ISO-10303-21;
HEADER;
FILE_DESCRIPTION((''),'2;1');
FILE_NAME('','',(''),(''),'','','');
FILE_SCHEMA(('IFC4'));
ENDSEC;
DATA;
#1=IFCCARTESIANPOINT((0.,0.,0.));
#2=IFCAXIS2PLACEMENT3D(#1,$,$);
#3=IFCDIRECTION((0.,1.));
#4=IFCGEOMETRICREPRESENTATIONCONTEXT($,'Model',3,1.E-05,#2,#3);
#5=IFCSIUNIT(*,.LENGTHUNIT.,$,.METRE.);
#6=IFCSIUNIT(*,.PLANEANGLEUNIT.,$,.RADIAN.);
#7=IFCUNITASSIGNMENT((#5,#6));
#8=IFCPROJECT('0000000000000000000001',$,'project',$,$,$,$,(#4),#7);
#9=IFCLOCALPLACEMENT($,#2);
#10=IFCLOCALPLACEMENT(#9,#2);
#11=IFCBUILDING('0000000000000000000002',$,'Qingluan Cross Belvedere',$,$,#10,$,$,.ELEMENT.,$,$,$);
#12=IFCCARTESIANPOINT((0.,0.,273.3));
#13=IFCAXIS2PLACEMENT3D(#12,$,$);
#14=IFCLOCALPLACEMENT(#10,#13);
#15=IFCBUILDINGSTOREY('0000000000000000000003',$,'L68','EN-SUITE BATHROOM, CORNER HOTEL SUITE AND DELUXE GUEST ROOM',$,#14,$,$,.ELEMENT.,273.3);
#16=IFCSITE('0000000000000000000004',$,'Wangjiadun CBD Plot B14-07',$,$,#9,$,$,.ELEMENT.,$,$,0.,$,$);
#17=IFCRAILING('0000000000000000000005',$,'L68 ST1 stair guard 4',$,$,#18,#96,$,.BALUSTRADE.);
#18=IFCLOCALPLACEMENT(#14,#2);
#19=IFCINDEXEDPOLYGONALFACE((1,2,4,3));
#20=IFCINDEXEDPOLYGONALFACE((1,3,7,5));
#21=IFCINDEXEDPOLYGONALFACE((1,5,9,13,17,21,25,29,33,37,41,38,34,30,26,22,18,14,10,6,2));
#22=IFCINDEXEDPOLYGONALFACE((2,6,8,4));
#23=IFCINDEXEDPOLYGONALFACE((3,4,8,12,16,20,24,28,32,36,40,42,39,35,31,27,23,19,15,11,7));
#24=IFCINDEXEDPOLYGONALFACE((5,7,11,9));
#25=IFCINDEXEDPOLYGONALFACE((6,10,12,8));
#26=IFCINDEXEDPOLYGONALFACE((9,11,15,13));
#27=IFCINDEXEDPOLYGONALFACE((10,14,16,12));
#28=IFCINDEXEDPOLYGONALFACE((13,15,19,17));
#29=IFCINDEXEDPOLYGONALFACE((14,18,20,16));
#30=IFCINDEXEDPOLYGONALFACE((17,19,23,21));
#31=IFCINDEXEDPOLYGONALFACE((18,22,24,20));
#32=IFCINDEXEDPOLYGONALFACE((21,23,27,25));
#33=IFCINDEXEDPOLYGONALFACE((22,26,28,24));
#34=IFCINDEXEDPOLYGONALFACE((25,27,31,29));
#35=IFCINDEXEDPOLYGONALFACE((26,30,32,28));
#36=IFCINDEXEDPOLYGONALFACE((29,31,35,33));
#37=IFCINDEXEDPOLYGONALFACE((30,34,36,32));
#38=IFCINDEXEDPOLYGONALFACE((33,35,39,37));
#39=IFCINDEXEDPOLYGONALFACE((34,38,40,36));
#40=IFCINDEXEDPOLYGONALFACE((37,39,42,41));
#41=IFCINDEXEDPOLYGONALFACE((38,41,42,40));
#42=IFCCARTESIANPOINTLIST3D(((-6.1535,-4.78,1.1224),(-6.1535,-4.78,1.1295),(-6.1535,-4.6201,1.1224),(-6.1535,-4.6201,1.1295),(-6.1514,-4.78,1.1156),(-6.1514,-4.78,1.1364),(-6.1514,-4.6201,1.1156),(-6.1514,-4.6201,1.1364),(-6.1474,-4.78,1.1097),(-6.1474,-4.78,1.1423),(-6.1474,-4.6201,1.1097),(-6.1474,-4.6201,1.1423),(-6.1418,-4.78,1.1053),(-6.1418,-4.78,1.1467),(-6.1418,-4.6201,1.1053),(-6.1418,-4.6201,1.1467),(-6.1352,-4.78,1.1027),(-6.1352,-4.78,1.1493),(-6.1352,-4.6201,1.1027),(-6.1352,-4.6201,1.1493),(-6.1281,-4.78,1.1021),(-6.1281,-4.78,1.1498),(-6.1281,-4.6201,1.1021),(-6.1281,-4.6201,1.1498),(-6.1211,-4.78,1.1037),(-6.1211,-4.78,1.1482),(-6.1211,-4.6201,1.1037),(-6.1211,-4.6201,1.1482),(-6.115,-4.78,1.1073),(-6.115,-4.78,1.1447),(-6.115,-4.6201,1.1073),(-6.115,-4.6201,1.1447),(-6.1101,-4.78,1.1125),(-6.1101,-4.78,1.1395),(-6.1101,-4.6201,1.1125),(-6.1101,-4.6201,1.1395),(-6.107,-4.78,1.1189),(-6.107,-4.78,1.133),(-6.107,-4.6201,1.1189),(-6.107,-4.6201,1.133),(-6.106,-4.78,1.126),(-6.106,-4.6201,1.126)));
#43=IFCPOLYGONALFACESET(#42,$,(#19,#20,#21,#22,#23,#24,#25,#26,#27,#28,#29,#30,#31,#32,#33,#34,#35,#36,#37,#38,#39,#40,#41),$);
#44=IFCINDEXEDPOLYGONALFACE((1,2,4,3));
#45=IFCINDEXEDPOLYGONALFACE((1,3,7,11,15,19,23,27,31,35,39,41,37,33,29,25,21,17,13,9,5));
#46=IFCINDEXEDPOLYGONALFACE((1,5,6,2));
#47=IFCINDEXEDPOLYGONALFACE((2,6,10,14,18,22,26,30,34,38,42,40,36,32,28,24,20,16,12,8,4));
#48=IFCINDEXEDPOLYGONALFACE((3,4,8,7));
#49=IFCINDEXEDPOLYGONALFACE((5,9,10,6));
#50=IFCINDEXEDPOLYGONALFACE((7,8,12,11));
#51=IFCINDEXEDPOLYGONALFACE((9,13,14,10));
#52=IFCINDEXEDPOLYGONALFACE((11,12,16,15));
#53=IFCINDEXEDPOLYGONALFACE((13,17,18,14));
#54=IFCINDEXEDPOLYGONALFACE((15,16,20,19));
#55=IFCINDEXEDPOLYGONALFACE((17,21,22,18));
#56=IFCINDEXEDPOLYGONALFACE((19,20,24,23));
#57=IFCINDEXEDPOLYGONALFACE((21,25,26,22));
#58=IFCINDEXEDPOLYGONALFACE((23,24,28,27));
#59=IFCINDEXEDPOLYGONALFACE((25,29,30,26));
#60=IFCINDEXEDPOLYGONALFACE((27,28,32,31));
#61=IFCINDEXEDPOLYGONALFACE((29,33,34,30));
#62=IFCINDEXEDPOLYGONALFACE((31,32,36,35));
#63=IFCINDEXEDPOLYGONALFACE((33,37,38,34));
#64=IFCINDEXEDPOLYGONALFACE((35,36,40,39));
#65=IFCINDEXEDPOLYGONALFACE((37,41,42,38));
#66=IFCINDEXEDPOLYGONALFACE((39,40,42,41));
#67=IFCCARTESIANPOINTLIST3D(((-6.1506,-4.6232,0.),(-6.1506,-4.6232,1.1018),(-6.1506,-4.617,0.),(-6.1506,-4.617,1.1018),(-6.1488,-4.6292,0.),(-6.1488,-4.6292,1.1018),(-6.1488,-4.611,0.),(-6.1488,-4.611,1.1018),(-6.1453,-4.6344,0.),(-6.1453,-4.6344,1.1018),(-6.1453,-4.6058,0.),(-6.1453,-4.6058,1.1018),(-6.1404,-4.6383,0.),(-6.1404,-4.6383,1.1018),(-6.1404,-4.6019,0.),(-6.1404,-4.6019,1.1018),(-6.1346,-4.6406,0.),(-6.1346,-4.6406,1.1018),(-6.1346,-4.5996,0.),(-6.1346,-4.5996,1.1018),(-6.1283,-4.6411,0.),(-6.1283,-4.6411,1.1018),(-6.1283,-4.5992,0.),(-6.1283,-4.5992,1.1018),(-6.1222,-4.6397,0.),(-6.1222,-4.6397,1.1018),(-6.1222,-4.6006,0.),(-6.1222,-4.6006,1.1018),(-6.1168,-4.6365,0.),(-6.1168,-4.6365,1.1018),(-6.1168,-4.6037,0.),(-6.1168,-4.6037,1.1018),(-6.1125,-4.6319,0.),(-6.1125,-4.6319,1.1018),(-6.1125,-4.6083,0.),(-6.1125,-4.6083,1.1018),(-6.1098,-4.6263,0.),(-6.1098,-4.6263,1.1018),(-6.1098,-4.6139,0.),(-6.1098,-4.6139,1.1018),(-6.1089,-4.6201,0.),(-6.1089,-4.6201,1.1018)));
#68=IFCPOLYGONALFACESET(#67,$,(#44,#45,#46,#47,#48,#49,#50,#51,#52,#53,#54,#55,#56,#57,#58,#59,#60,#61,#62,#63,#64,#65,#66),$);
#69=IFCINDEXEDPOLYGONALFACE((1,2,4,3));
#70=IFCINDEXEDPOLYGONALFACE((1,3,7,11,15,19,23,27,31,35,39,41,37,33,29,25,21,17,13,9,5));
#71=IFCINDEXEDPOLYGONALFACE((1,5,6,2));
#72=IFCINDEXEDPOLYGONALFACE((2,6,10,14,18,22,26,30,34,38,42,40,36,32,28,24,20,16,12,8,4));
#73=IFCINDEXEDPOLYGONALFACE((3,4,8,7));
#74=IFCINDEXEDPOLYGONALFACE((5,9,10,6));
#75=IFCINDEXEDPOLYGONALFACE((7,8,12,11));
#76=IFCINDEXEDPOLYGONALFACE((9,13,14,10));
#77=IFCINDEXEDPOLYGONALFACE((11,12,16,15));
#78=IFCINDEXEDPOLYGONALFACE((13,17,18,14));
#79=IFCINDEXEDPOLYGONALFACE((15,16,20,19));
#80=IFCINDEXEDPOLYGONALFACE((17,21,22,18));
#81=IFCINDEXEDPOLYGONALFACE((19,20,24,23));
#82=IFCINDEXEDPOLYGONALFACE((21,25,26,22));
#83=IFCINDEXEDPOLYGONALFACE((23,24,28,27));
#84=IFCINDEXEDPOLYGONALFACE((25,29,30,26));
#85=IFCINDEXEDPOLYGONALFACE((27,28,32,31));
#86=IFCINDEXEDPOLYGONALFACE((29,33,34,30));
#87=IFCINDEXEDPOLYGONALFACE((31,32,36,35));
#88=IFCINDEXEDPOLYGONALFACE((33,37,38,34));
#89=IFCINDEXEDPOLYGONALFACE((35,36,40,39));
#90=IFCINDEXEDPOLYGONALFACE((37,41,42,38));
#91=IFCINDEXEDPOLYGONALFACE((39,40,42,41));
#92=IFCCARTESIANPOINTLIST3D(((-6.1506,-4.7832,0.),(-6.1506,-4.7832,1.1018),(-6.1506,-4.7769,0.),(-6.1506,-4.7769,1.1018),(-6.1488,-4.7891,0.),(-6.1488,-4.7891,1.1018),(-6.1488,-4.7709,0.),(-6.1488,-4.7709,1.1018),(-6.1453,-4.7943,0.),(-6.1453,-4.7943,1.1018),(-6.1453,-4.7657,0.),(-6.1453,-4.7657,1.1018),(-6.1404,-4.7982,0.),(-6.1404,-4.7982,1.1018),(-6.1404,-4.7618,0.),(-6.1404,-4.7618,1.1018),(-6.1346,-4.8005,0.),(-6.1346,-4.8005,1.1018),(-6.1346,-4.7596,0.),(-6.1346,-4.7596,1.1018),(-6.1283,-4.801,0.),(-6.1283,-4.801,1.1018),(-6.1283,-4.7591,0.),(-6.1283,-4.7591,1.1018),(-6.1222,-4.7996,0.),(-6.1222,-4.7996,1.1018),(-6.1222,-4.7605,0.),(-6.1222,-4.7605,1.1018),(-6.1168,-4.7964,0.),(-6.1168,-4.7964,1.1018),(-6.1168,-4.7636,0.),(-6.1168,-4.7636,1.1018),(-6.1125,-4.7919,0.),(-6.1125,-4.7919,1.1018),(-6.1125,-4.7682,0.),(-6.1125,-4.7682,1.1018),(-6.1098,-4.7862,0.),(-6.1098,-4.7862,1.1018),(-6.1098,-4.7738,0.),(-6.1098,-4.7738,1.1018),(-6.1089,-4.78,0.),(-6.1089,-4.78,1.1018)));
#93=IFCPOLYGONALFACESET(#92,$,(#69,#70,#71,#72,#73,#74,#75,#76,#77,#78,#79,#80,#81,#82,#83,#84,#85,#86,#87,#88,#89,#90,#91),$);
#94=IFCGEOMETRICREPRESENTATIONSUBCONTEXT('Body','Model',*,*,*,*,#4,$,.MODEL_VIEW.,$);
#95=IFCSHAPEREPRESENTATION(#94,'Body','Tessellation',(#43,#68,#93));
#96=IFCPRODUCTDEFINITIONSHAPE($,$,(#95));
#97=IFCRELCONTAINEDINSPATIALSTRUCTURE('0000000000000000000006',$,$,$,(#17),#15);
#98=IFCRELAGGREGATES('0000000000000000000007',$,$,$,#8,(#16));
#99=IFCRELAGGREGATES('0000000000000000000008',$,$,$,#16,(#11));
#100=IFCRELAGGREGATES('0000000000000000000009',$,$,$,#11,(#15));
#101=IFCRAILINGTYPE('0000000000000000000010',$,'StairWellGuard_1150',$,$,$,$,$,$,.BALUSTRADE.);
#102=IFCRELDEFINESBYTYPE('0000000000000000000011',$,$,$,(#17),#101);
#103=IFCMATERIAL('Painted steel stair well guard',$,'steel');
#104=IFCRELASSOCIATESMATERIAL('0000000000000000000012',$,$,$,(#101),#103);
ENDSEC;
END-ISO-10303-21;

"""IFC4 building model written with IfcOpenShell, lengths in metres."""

from ifc_helpers import new_model, si_unit, direction, frame, origin, origin_2d, place, context, subcontext, project, spatial, circle, extrude, material, type_object, element, save


model = new_model("IFC4")

# Units and contexts
model_context = context("Model", 3, precision=1e-05, world=origin(), true_north=direction((0.0, 1.0)))
body_context = subcontext(model_context, "Body", "Model", "MODEL_VIEW")
ifc_project = project(units=[si_unit("LENGTHUNIT", "METRE"), si_unit("PLANEANGLEUNIT", "RADIAN")], contexts=[model_context])

# Site, building, storey
site_placement = place(None, origin())
site = spatial("IfcSite", under=ifc_project, at=site_placement, Name="Wangjiadun CBD Plot B14-07", CompositionType="ELEMENT", RefElevation=0.0)
building_placement = place(site_placement, origin())
building = spatial("IfcBuilding", under=site, at=building_placement, Name="Qingluan Cross Belvedere", CompositionType="ELEMENT")
storey_placement = place(building_placement, frame((0.0, 0.0, 273.3)))
storey = spatial("IfcBuildingStorey", under=building, at=storey_placement, Name="L68", Description="EN-SUITE BATHROOM, CORNER HOTEL SUITE AND DELUXE GUEST ROOM", CompositionType="ELEMENT", Elevation=273.3)

# Railing
ifc_material_1 = material(Name="Painted steel stair well guard", Category="steel")
railing_type_1 = type_object("IfcRailingType", Name="StairWellGuard_1150", PredefinedType="BALUSTRADE", material=ifc_material_1)
railing_1_placement = place(storey_placement, frame((-6.1299, -4.6201, 0.0)))
element("IfcRailing", 1, at=railing_1_placement, inside=storey, type_object=railing_type_1, Name="L68 ST1 stair guard 4", PredefinedType="BALUSTRADE", context=body_context, shape_type="SweptSolid", body=[
    extrude(circle(Radius=0.0239, at=origin_2d()), frame((0.0, 0.0, 1.126), z_axis=(0.0, -1.0, 0.0), x_axis=(1.0, 0.0, 0.0)), (0.0, 0.0, 1.0), 0.1599),
    extrude(circle(Radius=0.021, at=origin_2d()), origin(), (0.0, 0.0, 1.0), 1.1018),
    extrude(circle(Radius=0.021, at=origin_2d()), frame((0.0, -0.1599, 0.0)), (0.0, 0.0, 1.0), 1.1018),
])

save(model, "model.ifc")
